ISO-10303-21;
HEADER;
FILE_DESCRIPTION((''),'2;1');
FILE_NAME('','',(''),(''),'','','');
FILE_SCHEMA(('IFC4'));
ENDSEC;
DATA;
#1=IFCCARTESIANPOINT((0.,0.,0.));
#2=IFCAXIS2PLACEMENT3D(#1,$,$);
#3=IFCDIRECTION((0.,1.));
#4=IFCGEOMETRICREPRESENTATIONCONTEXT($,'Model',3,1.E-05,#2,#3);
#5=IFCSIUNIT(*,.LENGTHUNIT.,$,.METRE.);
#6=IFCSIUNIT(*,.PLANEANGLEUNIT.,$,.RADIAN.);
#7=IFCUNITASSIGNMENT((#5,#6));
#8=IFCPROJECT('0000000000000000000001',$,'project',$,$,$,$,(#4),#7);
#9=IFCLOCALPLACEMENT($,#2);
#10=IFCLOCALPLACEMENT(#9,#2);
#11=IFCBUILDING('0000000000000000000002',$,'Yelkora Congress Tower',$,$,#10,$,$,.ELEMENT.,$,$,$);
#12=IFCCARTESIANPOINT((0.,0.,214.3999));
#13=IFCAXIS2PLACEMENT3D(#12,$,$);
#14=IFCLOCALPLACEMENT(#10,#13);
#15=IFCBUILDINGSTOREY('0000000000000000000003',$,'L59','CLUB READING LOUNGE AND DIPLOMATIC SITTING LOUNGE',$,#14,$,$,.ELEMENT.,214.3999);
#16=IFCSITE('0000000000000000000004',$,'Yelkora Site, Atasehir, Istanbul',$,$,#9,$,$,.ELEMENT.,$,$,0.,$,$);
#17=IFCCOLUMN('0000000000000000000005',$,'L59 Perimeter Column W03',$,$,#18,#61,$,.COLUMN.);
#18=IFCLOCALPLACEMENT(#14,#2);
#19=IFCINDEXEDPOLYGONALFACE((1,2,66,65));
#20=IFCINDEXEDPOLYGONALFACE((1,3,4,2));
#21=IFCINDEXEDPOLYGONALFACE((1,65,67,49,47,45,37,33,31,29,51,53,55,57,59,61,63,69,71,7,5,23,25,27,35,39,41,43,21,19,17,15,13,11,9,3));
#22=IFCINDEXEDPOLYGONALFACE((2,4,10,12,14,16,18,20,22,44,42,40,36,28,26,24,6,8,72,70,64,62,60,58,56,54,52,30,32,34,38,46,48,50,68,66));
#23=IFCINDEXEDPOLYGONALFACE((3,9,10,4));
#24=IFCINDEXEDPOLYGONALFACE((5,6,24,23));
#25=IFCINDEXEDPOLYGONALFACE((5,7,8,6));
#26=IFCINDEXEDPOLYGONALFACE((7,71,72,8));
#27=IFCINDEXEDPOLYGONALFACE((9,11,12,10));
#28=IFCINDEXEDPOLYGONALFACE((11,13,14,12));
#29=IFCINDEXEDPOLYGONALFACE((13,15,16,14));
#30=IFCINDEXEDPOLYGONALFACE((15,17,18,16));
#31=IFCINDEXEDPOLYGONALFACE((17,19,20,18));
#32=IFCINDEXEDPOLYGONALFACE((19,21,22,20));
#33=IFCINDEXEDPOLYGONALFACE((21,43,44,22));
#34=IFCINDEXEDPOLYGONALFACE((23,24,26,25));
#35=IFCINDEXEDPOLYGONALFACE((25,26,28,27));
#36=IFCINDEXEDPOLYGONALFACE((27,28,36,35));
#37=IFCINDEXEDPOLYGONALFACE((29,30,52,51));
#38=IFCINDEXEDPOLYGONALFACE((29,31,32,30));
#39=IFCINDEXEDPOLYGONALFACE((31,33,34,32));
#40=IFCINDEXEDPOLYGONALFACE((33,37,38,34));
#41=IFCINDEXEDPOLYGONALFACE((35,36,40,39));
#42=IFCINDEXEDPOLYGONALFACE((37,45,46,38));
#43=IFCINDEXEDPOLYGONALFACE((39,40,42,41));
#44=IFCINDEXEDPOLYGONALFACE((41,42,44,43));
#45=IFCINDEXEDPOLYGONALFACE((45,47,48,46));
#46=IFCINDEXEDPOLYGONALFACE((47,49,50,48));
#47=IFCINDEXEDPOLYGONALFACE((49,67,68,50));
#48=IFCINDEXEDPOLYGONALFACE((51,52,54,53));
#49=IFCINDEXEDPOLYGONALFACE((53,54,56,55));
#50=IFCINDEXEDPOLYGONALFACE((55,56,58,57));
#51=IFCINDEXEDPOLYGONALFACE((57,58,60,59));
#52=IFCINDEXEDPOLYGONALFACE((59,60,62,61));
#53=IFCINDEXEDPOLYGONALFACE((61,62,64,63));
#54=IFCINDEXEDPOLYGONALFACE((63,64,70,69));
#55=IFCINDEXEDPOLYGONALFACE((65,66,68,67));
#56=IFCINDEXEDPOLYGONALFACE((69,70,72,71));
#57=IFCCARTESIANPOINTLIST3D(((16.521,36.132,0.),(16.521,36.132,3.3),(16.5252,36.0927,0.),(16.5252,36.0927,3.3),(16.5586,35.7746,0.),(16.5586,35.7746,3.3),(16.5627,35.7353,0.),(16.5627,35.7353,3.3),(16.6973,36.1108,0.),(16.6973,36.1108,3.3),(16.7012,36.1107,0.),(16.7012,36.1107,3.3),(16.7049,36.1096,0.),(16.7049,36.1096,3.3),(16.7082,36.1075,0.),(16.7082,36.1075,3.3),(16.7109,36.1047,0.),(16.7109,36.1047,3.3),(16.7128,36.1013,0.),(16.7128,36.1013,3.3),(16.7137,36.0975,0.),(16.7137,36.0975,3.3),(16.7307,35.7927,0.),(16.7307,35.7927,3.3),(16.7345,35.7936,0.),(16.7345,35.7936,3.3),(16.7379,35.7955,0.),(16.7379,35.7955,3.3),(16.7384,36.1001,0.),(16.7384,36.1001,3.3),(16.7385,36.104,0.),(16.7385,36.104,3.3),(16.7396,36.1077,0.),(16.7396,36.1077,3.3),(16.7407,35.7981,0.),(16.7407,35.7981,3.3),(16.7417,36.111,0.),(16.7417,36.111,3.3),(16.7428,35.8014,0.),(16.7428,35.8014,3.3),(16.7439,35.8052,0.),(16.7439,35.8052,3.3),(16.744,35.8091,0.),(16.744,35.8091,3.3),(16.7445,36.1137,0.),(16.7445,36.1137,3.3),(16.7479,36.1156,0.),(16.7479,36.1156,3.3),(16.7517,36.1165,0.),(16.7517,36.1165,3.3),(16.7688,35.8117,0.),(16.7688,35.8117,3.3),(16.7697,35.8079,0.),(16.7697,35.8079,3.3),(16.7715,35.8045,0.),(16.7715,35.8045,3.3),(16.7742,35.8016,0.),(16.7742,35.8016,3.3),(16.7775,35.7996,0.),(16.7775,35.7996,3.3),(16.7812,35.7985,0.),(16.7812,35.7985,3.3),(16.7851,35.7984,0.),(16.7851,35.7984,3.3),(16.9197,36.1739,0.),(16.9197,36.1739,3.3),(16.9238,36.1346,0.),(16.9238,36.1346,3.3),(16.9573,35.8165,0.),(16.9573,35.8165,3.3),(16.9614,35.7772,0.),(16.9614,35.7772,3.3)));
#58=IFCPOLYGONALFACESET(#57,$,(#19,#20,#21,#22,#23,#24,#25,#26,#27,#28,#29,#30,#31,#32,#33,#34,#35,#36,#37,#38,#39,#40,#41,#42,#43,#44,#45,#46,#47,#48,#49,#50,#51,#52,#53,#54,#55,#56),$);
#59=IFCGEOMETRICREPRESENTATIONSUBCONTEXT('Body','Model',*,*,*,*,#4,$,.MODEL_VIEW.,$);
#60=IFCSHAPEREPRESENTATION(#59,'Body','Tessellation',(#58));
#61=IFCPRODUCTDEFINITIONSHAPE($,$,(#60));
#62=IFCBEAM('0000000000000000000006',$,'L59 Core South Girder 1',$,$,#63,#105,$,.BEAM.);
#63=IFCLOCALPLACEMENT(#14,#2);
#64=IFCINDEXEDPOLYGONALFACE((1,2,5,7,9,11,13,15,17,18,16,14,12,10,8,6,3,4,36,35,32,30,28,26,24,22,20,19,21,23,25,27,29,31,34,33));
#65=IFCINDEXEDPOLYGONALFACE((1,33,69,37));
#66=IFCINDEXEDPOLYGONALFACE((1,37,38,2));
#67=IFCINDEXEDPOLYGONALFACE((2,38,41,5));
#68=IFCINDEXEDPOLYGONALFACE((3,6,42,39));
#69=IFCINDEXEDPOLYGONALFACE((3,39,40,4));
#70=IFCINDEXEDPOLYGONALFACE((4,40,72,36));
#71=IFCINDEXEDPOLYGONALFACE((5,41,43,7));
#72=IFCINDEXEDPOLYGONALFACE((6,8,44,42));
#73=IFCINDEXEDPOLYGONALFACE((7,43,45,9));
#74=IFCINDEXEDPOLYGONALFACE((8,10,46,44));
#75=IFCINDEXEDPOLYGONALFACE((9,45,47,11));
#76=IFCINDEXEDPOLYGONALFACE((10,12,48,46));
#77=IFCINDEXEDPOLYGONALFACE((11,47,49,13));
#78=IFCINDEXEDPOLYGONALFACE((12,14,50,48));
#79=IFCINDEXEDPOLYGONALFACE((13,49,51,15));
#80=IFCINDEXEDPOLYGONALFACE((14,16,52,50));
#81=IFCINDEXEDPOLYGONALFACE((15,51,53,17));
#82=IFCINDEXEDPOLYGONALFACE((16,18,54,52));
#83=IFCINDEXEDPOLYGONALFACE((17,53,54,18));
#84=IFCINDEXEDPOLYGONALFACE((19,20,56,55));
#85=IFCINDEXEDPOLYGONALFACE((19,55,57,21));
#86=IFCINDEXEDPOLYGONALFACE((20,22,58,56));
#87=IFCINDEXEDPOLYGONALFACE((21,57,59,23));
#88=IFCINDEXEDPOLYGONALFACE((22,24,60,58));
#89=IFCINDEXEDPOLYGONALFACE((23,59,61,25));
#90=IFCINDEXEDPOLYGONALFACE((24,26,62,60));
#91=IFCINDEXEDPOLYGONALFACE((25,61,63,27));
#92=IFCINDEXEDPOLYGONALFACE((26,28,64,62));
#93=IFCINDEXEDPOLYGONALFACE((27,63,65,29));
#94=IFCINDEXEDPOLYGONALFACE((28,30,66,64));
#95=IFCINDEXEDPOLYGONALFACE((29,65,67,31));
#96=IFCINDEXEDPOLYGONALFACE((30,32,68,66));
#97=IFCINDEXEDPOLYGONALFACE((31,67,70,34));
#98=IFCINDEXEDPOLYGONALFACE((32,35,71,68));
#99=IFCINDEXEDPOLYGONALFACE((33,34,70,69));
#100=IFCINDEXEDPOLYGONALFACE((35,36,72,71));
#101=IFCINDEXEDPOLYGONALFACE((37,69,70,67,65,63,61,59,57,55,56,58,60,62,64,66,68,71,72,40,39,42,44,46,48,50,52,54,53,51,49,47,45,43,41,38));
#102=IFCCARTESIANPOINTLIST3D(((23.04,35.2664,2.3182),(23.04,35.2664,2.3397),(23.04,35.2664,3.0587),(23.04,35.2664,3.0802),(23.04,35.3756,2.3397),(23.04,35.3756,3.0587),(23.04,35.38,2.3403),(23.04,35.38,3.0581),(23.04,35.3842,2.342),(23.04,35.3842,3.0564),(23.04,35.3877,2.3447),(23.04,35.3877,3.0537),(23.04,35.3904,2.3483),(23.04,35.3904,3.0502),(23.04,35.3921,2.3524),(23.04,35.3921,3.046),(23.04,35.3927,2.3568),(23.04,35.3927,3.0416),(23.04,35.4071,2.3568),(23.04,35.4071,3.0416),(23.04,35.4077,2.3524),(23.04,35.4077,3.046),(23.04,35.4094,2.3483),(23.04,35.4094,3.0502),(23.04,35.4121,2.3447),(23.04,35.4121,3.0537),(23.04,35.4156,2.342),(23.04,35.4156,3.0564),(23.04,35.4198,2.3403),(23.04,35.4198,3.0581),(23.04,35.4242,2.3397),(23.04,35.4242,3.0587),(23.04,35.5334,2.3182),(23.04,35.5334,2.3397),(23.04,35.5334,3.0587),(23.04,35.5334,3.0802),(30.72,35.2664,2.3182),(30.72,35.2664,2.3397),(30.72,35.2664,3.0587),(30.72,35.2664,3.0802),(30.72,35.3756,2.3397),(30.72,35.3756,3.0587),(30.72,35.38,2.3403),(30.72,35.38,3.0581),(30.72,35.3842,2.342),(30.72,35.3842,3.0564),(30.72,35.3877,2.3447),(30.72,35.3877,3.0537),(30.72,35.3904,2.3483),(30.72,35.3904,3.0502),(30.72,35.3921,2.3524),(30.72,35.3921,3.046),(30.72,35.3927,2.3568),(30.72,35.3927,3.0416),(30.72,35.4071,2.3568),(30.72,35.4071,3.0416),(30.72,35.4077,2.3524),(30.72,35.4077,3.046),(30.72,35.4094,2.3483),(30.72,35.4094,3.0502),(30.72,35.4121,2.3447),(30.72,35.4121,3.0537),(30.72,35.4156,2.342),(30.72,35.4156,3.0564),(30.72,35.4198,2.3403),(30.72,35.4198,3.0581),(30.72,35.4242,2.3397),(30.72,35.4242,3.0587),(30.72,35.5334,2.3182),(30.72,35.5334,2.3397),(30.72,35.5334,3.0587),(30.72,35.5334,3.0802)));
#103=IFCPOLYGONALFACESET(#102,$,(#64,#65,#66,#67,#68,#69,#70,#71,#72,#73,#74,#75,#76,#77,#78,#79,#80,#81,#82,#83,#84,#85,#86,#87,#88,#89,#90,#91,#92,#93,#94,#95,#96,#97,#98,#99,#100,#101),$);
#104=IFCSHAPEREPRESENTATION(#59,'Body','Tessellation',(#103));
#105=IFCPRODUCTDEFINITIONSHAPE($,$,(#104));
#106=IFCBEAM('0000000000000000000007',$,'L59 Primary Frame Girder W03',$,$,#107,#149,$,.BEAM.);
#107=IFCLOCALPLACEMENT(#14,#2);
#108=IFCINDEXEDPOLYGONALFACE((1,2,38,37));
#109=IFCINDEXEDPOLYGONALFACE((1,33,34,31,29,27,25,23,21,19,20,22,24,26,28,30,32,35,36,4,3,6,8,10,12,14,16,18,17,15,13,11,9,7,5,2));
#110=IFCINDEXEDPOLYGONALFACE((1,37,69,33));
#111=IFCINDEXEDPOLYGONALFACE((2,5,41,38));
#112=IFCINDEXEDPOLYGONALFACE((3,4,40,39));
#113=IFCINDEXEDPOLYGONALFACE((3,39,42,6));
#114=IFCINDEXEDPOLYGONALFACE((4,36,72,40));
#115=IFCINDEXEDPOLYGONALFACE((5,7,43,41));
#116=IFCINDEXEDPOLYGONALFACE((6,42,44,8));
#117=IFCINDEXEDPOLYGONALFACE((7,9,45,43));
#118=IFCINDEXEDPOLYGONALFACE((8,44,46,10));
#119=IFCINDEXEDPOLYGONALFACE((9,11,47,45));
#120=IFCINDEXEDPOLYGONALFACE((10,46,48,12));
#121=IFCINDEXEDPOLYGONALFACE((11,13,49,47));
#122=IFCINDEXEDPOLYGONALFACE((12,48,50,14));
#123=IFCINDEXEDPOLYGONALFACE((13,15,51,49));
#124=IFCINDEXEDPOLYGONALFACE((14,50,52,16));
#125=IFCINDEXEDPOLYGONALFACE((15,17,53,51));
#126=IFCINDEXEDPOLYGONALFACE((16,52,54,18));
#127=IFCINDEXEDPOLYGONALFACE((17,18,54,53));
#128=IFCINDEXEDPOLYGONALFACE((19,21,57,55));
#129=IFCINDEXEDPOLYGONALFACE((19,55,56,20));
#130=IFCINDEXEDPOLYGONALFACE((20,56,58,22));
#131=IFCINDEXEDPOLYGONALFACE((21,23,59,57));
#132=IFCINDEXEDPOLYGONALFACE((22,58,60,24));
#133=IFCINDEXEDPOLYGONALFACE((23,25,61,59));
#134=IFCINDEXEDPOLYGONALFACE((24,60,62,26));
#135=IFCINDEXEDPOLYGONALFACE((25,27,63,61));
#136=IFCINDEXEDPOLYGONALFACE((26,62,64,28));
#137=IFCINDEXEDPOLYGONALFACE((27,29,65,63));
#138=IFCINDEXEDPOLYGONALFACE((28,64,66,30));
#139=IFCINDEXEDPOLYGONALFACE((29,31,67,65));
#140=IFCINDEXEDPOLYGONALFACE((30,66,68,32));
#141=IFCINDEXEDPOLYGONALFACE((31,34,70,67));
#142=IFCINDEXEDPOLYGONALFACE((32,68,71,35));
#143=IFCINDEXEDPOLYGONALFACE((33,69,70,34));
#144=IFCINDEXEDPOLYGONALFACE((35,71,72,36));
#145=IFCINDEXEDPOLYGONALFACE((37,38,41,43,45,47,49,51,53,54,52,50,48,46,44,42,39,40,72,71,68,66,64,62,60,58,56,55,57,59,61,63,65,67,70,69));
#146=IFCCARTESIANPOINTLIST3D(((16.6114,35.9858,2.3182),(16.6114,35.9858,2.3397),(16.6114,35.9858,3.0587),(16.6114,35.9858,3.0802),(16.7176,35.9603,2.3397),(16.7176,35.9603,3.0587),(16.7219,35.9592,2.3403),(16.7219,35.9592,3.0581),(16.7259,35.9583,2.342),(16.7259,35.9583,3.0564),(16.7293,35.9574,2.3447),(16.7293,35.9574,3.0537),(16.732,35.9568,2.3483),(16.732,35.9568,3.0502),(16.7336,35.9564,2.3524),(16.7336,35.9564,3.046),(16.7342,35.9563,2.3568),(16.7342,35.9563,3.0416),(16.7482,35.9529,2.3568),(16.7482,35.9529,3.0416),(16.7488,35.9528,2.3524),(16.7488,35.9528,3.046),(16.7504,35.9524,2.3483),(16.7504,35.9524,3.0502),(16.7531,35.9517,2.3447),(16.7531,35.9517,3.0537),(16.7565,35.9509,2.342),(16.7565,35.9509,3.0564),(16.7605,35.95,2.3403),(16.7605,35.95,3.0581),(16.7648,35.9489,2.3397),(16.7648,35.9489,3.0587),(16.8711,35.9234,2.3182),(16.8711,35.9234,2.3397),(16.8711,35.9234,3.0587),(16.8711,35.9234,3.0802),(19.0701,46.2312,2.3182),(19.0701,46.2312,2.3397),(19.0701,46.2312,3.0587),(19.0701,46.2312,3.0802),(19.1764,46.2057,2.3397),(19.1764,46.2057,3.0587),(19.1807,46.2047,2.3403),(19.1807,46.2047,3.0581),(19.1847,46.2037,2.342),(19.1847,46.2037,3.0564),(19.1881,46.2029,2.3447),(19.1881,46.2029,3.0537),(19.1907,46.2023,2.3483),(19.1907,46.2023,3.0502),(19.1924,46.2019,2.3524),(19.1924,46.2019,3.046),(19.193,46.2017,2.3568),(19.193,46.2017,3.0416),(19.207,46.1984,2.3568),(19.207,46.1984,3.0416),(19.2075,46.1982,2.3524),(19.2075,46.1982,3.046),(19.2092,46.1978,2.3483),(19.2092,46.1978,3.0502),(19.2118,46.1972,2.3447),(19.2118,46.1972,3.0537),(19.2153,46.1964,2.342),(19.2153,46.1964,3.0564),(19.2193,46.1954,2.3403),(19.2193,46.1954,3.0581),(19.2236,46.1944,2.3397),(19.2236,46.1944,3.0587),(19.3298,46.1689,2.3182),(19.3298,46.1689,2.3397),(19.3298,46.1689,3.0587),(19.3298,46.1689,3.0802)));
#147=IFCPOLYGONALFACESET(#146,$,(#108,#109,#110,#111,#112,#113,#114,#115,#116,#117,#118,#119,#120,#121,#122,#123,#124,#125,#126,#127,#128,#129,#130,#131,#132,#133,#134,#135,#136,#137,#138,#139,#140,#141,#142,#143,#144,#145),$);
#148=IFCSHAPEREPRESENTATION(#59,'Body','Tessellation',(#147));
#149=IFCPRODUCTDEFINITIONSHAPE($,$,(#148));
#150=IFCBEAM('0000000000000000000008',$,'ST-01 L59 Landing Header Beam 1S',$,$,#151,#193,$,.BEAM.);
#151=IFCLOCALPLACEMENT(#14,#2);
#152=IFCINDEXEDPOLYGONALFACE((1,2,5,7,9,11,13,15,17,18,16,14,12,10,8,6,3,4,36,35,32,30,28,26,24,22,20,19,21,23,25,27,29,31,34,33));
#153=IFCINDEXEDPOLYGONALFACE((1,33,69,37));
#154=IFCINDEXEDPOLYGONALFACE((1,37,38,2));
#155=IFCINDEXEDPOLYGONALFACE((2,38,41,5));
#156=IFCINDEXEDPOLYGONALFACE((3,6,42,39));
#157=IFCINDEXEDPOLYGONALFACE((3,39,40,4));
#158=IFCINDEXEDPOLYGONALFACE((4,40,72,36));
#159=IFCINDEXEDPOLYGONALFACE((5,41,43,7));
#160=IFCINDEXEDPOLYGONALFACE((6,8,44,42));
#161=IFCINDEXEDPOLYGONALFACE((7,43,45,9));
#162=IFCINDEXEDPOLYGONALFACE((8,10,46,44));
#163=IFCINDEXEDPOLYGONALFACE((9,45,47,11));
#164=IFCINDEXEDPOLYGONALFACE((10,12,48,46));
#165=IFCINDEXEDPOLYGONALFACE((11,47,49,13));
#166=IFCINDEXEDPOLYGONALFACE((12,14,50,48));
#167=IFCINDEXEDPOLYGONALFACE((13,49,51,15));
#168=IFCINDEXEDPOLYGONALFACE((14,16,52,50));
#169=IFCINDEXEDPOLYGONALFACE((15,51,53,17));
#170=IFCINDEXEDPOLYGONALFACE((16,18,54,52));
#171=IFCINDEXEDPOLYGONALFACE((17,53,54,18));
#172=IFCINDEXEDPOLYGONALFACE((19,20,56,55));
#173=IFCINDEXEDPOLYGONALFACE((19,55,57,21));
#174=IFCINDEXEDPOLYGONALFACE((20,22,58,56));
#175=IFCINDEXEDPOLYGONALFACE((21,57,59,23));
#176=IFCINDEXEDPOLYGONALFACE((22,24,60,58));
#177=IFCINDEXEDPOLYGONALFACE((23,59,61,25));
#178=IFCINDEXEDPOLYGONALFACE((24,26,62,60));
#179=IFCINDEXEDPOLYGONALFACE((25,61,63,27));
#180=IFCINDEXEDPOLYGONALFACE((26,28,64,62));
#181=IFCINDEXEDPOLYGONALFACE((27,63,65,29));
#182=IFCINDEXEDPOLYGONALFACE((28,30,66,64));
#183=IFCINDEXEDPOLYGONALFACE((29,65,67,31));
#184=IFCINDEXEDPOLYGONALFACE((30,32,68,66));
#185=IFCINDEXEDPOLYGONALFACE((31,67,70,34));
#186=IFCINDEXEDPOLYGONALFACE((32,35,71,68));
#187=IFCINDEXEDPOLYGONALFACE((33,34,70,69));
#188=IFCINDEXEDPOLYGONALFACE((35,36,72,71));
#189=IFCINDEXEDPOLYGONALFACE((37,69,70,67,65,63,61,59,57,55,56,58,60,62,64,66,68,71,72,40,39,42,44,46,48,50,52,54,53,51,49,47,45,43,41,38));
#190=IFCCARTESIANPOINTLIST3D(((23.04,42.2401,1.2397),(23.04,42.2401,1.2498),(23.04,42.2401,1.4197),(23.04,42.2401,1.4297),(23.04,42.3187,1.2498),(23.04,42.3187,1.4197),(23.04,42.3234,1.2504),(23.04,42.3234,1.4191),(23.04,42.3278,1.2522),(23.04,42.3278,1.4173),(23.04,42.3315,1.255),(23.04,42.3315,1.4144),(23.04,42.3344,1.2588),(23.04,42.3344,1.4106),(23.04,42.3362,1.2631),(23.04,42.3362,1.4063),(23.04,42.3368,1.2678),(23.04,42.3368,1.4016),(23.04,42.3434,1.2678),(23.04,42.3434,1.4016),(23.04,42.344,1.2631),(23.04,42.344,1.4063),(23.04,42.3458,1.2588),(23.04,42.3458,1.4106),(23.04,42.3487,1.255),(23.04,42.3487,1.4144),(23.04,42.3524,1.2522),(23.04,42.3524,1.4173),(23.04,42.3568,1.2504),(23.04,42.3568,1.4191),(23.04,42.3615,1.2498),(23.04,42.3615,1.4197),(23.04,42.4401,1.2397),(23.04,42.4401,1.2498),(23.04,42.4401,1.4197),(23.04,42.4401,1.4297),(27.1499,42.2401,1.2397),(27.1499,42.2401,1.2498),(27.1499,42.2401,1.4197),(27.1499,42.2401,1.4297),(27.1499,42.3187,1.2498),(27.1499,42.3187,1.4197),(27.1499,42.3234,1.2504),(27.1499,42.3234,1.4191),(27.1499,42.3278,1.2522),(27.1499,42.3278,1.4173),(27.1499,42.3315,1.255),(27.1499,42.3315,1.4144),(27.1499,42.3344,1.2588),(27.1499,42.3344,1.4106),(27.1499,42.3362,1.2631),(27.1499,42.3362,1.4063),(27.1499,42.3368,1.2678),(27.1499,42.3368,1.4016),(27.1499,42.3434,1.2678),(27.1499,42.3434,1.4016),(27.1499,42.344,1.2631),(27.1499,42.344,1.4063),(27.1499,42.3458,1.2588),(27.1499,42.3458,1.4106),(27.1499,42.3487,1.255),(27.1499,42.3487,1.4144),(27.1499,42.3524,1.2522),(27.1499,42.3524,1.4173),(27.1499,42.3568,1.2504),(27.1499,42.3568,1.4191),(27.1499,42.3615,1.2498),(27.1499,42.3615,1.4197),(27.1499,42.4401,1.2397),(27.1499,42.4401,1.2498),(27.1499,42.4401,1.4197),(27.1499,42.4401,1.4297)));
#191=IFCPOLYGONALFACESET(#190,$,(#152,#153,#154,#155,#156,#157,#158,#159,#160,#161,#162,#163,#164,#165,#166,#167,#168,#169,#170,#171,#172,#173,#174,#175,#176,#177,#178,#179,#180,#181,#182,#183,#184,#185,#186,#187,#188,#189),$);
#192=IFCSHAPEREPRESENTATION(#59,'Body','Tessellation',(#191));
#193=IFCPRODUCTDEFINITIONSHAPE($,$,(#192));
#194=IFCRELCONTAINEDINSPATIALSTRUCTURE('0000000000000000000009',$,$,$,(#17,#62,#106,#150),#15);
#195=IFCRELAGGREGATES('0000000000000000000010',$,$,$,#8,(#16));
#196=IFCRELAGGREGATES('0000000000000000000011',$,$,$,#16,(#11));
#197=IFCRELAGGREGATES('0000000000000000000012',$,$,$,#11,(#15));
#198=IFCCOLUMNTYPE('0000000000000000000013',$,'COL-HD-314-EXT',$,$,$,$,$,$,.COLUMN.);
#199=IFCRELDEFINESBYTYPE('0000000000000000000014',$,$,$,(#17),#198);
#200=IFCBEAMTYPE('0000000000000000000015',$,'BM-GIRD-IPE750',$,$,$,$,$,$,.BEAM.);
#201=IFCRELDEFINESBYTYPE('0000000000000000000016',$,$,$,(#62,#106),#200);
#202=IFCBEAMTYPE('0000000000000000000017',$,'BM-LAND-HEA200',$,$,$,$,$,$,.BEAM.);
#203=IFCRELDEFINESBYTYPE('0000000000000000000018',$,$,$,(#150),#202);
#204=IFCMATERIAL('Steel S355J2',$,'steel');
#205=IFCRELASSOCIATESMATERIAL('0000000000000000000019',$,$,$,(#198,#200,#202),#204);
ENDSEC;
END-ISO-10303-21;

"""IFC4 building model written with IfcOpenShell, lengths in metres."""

from ifc_helpers import new_model, si_unit, direction, frame, origin, origin_2d, place, context, subcontext, project, spatial, i_section, extrude, material, material_profile, profile_set, type_object, element, save


model = new_model("IFC4")

# Units and contexts
model_context = context("Model", 3, precision=1e-05, world=origin(), true_north=direction((0.0, 1.0)))
body_context = subcontext(model_context, "Body", "Model", "MODEL_VIEW")
ifc_project = project(units=[si_unit("LENGTHUNIT", "METRE"), si_unit("PLANEANGLEUNIT", "RADIAN")], contexts=[model_context])

# Site, building, storey
site_placement = place(None, origin())
site = spatial("IfcSite", under=ifc_project, at=site_placement, Name="Yelkora Site, Atasehir, Istanbul", CompositionType="ELEMENT", RefElevation=0.0)
building_placement = place(site_placement, origin())
building = spatial("IfcBuilding", under=site, at=building_placement, Name="Yelkora Congress Tower", CompositionType="ELEMENT")
storey_placement = place(building_placement, frame((0.0, 0.0, 214.3999)))
storey = spatial("IfcBuildingStorey", under=building, at=storey_placement, Name="L59", Description="CLUB READING LOUNGE AND DIPLOMATIC SITTING LOUNGE", CompositionType="ELEMENT", Elevation=214.3999)

# Column
ifc_material_1 = material(Name="Steel S355J2", Category="steel")
ifc_material_profile_1 = material_profile(ifc_material_1, i_section(OverallWidth=0.4009, OverallDepth=0.3989, WebThickness=0.0249, FlangeThickness=0.0396, FilletRadius=0.0149, at=origin_2d()), Name="HD 400x314")
ifc_profile_set_1 = profile_set([ifc_material_profile_1], Name="Steel S355J2")
column_type = type_object("IfcColumnType", Name="COL-HD-314-EXT", PredefinedType="COLUMN", material=ifc_profile_set_1)
column_placement = place(storey_placement, frame((16.7412, 35.9546, 0.0), z_axis=(0.0, 0.0, 1.0), x_axis=(0.994522, 0.104528, 0.0)))
element("IfcColumn", 1, at=column_placement, inside=storey, type_object=column_type, Name="L59 Perimeter Column W03", PredefinedType="COLUMN", context=body_context, shape_type="SweptSolid", body=[
    extrude(i_section(OverallWidth=0.4009, OverallDepth=0.3989, WebThickness=0.0249, FlangeThickness=0.0396, FilletRadius=0.0149, at=origin_2d()), origin(), (0.0, 0.0, 1.0), 3.3),
])

# Beams
ifc_material_profile_2 = material_profile(ifc_material_1, i_section(OverallWidth=0.2671, OverallDepth=0.762, WebThickness=0.0144, FlangeThickness=0.0215, FilletRadius=0.0171, at=origin_2d()), Name="IPE 750x173")
ifc_profile_set_2 = profile_set([ifc_material_profile_2], Name="Steel S355J2")
beam_type_1 = type_object("IfcBeamType", Name="BM-GIRD-IPE750", PredefinedType="BEAM", material=ifc_profile_set_2)
beam_1_placement = place(storey_placement, frame((23.04, 35.3999, 2.6992), z_axis=(1.0, 0.0, 0.0), x_axis=(0.0, 1.0, 0.0)))
element("IfcBeam", 2, at=beam_1_placement, inside=storey, type_object=beam_type_1, Name="L59 Core South Girder 1", PredefinedType="BEAM", context=body_context, shape_type="SweptSolid", body=[
    extrude(i_section(OverallWidth=0.2671, OverallDepth=0.762, WebThickness=0.0144, FlangeThickness=0.0215, FilletRadius=0.0171, at=origin_2d()), origin(), (0.0, 0.0, 1.0), 7.6799),
])
beam_2_placement = place(storey_placement, frame((16.7412, 35.9546, 2.6992), z_axis=(0.23336, 0.97239, 0.0), x_axis=(-0.97239, 0.23336, 0.0)))
element("IfcBeam", 3, at=beam_2_placement, inside=storey, type_object=beam_type_1, Name="L59 Primary Frame Girder W03", PredefinedType="BEAM", context=body_context, shape_type="SweptSolid", body=[
    extrude(i_section(OverallWidth=0.2671, OverallDepth=0.762, WebThickness=0.0144, FlangeThickness=0.0215, FilletRadius=0.0171, at=origin_2d()), origin(), (0.0, 0.0, 1.0), 10.5364),
])
ifc_material_profile_3 = material_profile(ifc_material_1, i_section(OverallWidth=0.2, OverallDepth=0.1899, WebThickness=0.0066, FlangeThickness=0.01, FilletRadius=0.0181, at=origin_2d()), Name="HEA 200")
ifc_profile_set_3 = profile_set([ifc_material_profile_3], Name="Steel S355J2")
beam_type_2 = type_object("IfcBeamType", Name="BM-LAND-HEA200", PredefinedType="BEAM", material=ifc_profile_set_3)
beam_3_placement = place(storey_placement, frame((23.04, 42.3401, 1.3347), z_axis=(1.0, 0.0, 0.0), x_axis=(0.0, 1.0, 0.0)))
element("IfcBeam", 4, at=beam_3_placement, inside=storey, type_object=beam_type_2, Name="ST-01 L59 Landing Header Beam 1S", PredefinedType="BEAM", context=body_context, shape_type="SweptSolid", body=[
    extrude(i_section(OverallWidth=0.2, OverallDepth=0.1899, WebThickness=0.0066, FlangeThickness=0.01, FilletRadius=0.0181, at=origin_2d()), origin(), (0.0, 0.0, 1.0), 4.1099),
])

save(model, "model.ifc")
